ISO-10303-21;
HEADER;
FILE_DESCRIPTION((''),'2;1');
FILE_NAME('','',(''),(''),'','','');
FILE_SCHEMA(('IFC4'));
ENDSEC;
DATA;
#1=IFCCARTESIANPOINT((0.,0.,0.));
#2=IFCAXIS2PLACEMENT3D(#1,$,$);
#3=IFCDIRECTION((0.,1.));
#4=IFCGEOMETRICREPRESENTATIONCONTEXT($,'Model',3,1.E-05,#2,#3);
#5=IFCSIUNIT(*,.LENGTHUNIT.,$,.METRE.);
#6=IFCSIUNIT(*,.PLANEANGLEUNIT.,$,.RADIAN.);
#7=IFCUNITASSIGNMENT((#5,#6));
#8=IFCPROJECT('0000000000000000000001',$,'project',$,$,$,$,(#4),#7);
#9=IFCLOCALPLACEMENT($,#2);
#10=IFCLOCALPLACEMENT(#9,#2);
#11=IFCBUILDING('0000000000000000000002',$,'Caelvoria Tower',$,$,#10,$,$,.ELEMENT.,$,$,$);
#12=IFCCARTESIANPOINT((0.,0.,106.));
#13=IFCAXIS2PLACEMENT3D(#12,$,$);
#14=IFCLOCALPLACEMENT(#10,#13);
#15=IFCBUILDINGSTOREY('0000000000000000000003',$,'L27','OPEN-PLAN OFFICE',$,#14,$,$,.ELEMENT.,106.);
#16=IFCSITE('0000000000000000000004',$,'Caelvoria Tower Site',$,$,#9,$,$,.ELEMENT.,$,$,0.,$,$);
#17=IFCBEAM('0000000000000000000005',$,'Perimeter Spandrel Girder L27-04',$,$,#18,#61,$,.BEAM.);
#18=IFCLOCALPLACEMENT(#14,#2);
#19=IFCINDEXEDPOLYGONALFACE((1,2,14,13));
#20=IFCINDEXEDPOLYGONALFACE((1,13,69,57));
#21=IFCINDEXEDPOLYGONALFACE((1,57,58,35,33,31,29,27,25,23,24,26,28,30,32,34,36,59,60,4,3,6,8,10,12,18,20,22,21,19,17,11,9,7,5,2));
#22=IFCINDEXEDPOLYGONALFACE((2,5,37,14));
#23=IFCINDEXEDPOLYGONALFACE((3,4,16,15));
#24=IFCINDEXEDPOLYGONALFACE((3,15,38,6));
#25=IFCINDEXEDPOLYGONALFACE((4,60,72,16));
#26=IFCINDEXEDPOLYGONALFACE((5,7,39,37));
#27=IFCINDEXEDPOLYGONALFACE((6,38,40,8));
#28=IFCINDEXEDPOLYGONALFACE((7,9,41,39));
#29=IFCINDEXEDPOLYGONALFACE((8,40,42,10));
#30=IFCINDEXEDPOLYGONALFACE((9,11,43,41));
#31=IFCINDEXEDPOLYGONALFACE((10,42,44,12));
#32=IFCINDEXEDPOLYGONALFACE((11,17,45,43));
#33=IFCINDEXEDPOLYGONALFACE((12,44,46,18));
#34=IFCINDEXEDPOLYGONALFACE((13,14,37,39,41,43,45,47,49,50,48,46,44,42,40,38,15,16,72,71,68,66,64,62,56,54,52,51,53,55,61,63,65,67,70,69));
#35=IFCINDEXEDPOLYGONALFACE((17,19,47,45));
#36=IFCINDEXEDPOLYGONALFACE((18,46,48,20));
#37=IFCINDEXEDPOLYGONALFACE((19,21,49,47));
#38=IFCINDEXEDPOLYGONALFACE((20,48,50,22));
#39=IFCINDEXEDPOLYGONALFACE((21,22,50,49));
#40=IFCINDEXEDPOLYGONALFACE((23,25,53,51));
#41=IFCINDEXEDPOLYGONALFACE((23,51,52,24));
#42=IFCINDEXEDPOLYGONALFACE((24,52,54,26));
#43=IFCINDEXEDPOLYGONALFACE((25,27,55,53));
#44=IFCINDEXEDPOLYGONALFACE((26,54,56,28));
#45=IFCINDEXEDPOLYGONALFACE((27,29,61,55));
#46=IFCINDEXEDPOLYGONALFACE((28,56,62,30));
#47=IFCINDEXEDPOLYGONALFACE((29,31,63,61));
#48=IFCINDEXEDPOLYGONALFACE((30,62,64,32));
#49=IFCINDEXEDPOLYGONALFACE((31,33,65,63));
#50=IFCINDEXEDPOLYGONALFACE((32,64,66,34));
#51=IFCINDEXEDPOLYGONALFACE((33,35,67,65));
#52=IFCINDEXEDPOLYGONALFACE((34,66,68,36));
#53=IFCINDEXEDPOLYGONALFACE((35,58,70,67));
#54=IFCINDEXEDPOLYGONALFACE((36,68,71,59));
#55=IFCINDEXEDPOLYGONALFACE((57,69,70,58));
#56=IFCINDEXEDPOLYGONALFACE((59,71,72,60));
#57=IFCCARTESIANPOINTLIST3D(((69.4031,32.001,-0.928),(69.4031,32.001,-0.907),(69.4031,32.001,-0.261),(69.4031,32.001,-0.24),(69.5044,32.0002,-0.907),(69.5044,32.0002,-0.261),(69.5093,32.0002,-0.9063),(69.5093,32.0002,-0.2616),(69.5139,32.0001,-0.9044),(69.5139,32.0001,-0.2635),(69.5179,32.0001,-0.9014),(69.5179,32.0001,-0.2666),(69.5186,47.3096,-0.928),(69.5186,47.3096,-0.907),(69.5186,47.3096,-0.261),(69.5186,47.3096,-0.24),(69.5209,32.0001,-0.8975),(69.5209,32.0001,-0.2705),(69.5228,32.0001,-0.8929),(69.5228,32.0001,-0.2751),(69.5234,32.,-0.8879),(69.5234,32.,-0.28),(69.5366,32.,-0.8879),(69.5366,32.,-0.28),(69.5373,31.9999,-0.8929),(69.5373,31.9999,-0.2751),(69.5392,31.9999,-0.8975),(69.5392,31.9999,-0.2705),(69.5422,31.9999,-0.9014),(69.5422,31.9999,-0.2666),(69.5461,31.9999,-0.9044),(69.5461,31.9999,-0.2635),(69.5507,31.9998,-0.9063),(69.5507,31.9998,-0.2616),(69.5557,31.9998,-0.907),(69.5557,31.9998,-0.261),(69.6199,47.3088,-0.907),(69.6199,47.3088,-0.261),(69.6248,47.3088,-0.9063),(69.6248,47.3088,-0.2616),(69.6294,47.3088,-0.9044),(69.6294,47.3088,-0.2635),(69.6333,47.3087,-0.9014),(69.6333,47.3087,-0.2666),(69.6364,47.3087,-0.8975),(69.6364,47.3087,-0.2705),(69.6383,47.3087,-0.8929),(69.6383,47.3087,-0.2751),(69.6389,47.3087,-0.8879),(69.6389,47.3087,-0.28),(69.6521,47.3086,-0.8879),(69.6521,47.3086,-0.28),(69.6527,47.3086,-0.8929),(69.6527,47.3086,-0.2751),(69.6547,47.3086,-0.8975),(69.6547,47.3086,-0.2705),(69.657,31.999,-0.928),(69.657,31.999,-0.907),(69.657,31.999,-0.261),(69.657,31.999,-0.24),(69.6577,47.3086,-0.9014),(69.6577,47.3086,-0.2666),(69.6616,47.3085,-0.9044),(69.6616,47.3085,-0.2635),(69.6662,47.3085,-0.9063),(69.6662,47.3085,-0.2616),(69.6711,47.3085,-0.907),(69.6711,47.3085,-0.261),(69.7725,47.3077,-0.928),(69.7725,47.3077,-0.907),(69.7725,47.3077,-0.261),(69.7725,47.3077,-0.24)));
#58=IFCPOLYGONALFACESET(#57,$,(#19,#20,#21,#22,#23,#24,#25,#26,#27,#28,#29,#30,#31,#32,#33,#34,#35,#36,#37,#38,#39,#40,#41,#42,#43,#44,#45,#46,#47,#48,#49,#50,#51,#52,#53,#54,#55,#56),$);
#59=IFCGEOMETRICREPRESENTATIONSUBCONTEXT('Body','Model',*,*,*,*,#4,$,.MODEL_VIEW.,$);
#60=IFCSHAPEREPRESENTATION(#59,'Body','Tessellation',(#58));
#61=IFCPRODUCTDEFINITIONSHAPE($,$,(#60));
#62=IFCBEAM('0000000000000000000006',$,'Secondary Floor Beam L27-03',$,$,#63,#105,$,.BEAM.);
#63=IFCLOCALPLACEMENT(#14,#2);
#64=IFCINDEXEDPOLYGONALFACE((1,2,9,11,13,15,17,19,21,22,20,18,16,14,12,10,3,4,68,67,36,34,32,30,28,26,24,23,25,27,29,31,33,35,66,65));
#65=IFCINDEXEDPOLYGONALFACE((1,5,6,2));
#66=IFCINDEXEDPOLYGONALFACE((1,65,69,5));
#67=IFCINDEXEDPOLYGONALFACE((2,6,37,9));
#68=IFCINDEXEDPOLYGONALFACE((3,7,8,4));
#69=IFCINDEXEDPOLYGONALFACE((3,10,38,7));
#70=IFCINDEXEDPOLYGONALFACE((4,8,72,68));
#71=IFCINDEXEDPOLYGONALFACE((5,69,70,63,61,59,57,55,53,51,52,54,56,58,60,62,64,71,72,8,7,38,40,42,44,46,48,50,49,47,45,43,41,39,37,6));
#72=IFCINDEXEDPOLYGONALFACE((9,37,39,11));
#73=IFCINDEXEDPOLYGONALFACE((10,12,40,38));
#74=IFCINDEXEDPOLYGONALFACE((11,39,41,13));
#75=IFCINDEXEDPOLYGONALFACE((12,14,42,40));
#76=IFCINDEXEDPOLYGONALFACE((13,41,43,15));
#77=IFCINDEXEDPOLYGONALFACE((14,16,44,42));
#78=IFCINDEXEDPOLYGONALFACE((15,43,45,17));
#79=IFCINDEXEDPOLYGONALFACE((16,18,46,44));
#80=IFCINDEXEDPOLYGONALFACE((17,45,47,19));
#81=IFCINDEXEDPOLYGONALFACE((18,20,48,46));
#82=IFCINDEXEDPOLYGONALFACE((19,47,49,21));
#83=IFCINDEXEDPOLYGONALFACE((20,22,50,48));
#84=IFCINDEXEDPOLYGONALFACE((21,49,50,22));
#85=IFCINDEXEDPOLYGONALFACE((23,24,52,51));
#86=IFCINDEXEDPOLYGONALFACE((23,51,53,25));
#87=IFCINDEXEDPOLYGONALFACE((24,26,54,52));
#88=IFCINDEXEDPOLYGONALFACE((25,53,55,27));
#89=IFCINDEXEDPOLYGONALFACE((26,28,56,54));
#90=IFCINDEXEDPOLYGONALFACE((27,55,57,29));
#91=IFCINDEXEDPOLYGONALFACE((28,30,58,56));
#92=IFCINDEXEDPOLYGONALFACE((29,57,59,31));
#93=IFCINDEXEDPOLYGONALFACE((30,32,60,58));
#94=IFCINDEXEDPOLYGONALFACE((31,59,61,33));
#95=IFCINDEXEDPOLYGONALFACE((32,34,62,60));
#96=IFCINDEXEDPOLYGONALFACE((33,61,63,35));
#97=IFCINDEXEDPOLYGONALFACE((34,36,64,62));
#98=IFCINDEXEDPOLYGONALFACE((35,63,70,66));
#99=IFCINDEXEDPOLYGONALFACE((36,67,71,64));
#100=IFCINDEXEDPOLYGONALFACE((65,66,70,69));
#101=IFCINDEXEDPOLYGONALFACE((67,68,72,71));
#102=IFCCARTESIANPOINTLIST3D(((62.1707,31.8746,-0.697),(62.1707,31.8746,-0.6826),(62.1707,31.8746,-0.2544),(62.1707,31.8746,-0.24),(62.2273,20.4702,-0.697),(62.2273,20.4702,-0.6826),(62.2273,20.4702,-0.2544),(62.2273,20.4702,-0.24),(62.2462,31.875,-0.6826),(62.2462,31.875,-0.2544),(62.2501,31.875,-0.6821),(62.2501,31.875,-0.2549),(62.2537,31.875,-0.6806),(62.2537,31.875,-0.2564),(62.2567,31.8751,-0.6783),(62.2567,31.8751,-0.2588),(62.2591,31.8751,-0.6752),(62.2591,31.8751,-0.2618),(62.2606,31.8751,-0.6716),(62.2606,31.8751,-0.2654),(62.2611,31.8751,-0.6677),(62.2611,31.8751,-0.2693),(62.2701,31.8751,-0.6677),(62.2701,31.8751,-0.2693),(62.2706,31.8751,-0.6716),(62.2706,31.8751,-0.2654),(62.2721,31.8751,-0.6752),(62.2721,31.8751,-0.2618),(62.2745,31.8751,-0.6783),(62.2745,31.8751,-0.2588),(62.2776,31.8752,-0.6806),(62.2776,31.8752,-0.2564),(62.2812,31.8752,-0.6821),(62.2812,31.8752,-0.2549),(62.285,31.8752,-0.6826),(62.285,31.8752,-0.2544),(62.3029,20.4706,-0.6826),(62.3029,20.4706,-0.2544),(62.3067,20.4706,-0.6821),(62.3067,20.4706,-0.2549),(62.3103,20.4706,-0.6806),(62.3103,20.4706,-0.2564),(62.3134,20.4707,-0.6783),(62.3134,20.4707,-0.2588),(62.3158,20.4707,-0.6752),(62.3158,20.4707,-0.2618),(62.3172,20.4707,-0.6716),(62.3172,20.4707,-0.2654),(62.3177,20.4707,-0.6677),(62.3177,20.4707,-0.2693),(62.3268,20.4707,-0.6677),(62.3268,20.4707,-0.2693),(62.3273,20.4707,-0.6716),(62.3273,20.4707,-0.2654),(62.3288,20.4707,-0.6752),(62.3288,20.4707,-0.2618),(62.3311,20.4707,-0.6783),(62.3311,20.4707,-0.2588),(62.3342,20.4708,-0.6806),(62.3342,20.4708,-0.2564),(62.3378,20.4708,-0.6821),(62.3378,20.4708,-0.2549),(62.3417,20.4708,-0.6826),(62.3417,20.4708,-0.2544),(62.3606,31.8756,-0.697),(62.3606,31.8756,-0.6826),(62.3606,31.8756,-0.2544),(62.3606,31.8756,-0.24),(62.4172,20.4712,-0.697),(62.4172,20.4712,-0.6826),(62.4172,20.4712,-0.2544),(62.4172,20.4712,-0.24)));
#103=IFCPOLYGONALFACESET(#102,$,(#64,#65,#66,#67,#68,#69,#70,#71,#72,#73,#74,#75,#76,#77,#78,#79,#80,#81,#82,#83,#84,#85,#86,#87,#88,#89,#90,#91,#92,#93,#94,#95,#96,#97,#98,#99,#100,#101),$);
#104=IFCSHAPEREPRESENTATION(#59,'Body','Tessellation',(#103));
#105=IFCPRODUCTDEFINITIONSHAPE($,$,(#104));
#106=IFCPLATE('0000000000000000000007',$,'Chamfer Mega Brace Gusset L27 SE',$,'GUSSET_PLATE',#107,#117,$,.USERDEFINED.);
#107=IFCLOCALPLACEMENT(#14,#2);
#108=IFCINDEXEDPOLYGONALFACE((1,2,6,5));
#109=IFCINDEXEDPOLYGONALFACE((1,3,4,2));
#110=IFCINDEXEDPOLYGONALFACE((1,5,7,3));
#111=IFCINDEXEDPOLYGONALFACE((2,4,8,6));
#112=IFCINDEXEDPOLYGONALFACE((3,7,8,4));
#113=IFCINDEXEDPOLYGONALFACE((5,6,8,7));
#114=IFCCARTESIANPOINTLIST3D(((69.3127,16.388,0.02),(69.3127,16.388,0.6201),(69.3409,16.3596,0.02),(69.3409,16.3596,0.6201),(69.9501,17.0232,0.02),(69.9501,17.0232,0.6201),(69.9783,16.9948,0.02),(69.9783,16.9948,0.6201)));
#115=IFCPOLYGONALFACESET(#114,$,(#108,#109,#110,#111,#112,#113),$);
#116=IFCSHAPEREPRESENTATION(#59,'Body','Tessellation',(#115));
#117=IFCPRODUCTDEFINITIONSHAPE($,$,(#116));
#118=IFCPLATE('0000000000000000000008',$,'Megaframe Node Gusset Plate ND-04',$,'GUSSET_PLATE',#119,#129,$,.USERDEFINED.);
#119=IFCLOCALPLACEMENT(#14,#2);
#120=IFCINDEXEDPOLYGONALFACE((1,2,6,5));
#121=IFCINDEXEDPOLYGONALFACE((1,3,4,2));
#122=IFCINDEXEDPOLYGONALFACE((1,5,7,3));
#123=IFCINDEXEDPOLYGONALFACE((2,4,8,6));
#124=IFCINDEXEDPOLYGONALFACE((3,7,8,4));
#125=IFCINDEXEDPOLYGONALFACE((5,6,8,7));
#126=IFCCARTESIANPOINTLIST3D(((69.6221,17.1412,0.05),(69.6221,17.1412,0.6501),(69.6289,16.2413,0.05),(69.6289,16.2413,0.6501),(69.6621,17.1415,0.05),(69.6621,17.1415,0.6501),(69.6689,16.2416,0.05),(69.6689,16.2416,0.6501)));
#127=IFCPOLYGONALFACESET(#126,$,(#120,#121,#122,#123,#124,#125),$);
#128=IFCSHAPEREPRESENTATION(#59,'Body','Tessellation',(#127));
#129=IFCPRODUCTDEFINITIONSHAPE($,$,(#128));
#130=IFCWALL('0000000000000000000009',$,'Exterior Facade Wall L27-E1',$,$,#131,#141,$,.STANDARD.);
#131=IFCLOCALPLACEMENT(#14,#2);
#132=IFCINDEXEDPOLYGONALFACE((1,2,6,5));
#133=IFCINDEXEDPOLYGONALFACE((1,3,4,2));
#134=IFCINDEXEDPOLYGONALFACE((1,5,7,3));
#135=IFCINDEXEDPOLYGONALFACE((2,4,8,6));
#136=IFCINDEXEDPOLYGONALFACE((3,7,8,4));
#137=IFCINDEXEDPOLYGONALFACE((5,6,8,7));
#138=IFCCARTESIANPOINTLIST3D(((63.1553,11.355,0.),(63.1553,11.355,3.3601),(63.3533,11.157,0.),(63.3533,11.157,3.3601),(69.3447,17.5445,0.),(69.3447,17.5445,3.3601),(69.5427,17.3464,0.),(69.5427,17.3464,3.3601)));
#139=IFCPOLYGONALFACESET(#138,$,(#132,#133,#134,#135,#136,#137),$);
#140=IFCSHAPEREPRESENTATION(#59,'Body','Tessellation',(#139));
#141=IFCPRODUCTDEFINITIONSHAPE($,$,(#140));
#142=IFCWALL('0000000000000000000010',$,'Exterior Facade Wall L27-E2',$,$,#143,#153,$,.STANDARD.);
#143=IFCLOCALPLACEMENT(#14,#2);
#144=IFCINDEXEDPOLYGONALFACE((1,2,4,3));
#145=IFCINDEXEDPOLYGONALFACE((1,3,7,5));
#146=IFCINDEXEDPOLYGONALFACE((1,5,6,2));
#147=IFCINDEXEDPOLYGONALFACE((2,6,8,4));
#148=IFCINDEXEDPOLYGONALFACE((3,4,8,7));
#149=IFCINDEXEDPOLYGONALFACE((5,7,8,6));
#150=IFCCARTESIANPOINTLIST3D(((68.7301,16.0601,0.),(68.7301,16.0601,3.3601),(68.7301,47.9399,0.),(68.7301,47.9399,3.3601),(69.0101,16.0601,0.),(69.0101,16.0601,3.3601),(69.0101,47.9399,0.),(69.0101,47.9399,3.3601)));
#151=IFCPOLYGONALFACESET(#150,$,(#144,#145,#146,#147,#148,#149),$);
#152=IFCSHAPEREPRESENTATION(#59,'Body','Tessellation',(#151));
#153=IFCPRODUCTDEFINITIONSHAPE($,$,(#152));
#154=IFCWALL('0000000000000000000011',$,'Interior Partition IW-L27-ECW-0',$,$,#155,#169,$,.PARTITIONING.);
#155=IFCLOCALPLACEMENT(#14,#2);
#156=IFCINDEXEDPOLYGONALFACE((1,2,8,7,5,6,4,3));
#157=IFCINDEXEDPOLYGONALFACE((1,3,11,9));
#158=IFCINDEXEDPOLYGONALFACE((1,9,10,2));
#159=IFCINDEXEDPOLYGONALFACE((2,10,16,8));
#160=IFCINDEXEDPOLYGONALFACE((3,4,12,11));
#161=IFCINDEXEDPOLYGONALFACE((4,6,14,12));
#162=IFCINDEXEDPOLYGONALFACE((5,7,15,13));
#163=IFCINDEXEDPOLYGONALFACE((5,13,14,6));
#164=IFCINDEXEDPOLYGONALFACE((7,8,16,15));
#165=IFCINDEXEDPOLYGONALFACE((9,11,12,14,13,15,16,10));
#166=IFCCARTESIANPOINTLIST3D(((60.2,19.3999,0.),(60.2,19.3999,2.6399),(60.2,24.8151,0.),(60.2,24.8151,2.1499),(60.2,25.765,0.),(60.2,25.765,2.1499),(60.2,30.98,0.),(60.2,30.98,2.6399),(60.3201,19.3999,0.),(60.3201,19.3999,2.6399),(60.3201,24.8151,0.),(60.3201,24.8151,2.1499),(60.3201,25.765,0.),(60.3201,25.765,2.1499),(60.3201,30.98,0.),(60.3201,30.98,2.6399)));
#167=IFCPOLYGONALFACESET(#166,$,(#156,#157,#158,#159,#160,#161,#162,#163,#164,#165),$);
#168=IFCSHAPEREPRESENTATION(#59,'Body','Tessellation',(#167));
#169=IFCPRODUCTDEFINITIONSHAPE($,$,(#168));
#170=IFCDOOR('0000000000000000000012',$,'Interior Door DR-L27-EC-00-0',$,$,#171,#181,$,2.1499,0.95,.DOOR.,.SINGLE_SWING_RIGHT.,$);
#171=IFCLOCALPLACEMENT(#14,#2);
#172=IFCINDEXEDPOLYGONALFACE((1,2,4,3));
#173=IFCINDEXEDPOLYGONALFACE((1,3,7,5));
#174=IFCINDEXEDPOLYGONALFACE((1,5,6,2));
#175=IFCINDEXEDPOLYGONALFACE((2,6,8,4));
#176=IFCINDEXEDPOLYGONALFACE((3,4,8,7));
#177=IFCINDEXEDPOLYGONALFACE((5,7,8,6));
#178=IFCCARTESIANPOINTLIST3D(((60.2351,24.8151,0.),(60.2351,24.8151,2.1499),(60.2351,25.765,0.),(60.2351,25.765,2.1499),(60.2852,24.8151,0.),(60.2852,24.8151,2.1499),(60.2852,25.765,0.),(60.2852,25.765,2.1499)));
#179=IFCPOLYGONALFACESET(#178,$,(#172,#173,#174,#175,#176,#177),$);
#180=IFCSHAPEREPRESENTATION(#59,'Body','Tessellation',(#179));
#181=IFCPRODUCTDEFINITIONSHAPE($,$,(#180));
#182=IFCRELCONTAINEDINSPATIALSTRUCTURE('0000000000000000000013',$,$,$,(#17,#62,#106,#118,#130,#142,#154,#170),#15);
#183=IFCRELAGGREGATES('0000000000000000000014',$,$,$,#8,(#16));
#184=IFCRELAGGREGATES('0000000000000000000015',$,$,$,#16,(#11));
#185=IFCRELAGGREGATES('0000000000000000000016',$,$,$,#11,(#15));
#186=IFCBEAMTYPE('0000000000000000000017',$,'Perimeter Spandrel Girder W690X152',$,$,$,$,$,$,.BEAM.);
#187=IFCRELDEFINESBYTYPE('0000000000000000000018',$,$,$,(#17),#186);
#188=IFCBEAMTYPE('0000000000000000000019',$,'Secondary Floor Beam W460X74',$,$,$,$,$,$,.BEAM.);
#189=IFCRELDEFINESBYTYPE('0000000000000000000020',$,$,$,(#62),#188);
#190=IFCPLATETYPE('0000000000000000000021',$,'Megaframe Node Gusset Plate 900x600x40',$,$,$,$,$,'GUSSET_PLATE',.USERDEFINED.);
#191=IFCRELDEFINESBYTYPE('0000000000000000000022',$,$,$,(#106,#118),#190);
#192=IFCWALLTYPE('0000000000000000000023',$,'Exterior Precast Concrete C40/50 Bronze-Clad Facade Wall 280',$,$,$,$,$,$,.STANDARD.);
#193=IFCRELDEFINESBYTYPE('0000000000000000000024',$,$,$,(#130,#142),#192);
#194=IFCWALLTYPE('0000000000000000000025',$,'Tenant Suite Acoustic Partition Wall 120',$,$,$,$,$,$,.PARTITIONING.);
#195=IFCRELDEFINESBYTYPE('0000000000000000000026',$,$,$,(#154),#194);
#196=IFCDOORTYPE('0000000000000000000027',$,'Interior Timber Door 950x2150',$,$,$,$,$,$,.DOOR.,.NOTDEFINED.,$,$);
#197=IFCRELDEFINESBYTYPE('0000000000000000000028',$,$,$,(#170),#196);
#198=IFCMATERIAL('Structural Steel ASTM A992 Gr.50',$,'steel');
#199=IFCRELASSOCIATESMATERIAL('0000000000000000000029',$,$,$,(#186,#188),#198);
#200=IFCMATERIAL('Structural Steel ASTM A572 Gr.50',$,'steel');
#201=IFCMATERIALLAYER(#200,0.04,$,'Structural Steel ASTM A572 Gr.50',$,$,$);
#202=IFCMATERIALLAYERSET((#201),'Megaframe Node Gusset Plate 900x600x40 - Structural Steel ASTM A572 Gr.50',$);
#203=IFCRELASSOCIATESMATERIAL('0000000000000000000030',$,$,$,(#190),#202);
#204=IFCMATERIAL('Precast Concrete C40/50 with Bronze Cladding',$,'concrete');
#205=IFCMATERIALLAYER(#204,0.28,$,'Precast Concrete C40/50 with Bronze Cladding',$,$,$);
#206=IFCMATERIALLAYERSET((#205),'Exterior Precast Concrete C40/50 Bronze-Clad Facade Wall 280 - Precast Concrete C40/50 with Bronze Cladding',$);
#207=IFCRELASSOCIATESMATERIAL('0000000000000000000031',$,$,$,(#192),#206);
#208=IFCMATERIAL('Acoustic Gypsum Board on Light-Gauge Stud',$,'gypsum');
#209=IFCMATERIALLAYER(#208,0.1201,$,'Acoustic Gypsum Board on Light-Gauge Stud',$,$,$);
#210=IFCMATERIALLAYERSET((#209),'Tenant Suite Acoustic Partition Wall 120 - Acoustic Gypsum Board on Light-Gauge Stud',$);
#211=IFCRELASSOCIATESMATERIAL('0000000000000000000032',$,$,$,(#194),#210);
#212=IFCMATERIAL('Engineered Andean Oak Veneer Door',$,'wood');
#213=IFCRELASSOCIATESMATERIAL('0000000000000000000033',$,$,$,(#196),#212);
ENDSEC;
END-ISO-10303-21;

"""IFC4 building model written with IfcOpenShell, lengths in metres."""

from ifc_helpers import new_model, si_unit, direction, frame, frame_2d, origin, origin_2d, place, context, subcontext, project, spatial, rectangle, i_section, extrude, material, layer, layer_set, material_profile, profile_set, type_object, element, fill, save


model = new_model("IFC4")

# Units and contexts
model_context = context("Model", 3, precision=1e-05, world=origin(), true_north=direction((0.0, 1.0)))
body_context = subcontext(model_context, "Body", "Model", "MODEL_VIEW")
ifc_project = project(units=[si_unit("LENGTHUNIT", "METRE"), si_unit("PLANEANGLEUNIT", "RADIAN")], contexts=[model_context])

# Site, building, storey
site_placement = place(None, origin())
site = spatial("IfcSite", under=ifc_project, at=site_placement, Name="Caelvoria Tower Site", CompositionType="ELEMENT", RefElevation=0.0)
building_placement = place(site_placement, origin())
building = spatial("IfcBuilding", under=site, at=building_placement, Name="Caelvoria Tower", CompositionType="ELEMENT")
storey_placement = place(building_placement, frame((0.0, 0.0, 106.0)))
storey = spatial("IfcBuildingStorey", under=building, at=storey_placement, Name="L27", Description="OPEN-PLAN OFFICE", CompositionType="ELEMENT", Elevation=106.0)

# Shared definitions
ifc_material_1 = material(Name="Structural Steel ASTM A572 Gr.50", Category="steel")

# Beams
ifc_material_2 = material(Name="Structural Steel ASTM A992 Gr.50", Category="steel")
ifc_material_profile_1 = material_profile(ifc_material_2, i_section(OverallWidth=0.2539, OverallDepth=0.688, WebThickness=0.0132, FlangeThickness=0.021, FilletRadius=0.019, at=origin_2d()), Name="Structural Steel ASTM A992 Gr.50")
ifc_profile_set_1 = profile_set([ifc_material_profile_1], Name="W690X152 - Structural Steel ASTM A992 Gr.50")
beam_type_1 = type_object("IfcBeamType", Name="Perimeter Spandrel Girder W690X152", PredefinedType="BEAM", material=ifc_profile_set_1)
for number, where, z_axis, x_axis, name in (
    (1, (69.53, 32.0, -0.584), (0.007543, 0.999972, 0.0), (-0.999972, 0.007543, 0.0), "Perimeter Spandrel Girder L27-04"),
):
    element("IfcBeam", number, at=place(storey_placement, frame(where, z_axis=z_axis, x_axis=x_axis)), inside=storey, type_object=beam_type_1, Name=name, PredefinedType="BEAM", context=body_context, shape_type="SweptSolid", body=[
        extrude(i_section(OverallWidth=0.2539, OverallDepth=0.688, WebThickness=0.0132, FlangeThickness=0.021, FilletRadius=0.019, at=origin_2d()), origin(), (0.0, 0.0, 1.0), 15.3091),
    ])
ifc_material_profile_2 = material_profile(ifc_material_2, i_section(OverallWidth=0.1899, OverallDepth=0.457, WebThickness=0.009, FlangeThickness=0.0144, FilletRadius=0.0149, at=origin_2d()), Name="Structural Steel ASTM A992 Gr.50")
ifc_profile_set_2 = profile_set([ifc_material_profile_2], Name="W460X74 - Structural Steel ASTM A992 Gr.50")
beam_type_2 = type_object("IfcBeamType", Name="Secondary Floor Beam W460X74", PredefinedType="BEAM", material=ifc_profile_set_2)
beam_1_placement = place(storey_placement, frame((62.3223, 20.4707, -0.4685), z_axis=(-0.004967, 0.999988, 0.0), x_axis=(-0.999988, -0.004967, 0.0)))
element("IfcBeam", 2, at=beam_1_placement, inside=storey, type_object=beam_type_2, Name="Secondary Floor Beam L27-03", PredefinedType="BEAM", context=body_context, shape_type="SweptSolid", body=[
    extrude(i_section(OverallWidth=0.1899, OverallDepth=0.457, WebThickness=0.009, FlangeThickness=0.0144, FilletRadius=0.0149, at=origin_2d()), origin(), (0.0, 0.0, 1.0), 11.4045),
])

# Plates
ifc_layer_1 = layer(ifc_material_1, 0.04, Name="Structural Steel ASTM A572 Gr.50")
ifc_layer_set_1 = layer_set([ifc_layer_1], Name="Megaframe Node Gusset Plate 900x600x40 - Structural Steel ASTM A572 Gr.50")
plate_type = type_object("IfcPlateType", Name="Megaframe Node Gusset Plate 900x600x40", ElementType="GUSSET_PLATE", PredefinedType="USERDEFINED", material=ifc_layer_set_1)
for number, where, z_axis, x_axis, name in (
    (3, (69.6455, 16.6914, 0.02), (0.0, 0.0, 1.0), (-0.708308, -0.705904, 0.0), "Chamfer Mega Brace Gusset L27 SE"),
    (4, (69.6455, 16.6914, 0.05), (0.0, 0.0, 1.0), (-0.00755, 0.999971, 0.0), "Megaframe Node Gusset Plate ND-04"),
):
    element("IfcPlate", number, at=place(storey_placement, frame(where, z_axis=z_axis, x_axis=x_axis)), inside=storey, type_object=plate_type, Name=name, ObjectType="GUSSET_PLATE", PredefinedType="USERDEFINED", context=body_context, shape_type="SweptSolid", body=[
        extrude(rectangle(XDim=0.8999, YDim=0.04, at=origin_2d()), origin(), (0.0, 0.0, 1.0), 0.6001),
    ])

# Walls
ifc_material_3 = material(Name="Precast Concrete C40/50 with Bronze Cladding", Category="concrete")
ifc_layer_2 = layer(ifc_material_3, 0.28, Name="Precast Concrete C40/50 with Bronze Cladding")
ifc_layer_set_2 = layer_set([ifc_layer_2], Name="Exterior Precast Concrete C40/50 Bronze-Clad Facade Wall 280 - Precast Concrete C40/50 with Bronze Cladding")
wall_type_1 = type_object("IfcWallType", Name="Exterior Precast Concrete C40/50 Bronze-Clad Facade Wall 280", PredefinedType="STANDARD", material=ifc_layer_set_2)
wall_1_placement = place(storey_placement, frame((63.2544, 11.2561, 0.0), z_axis=(0.0, 0.0, 1.0), x_axis=(0.707107, 0.707107, 0.0)))
element("IfcWall", 5, at=wall_1_placement, inside=storey, type_object=wall_type_1, Name="Exterior Facade Wall L27-E1", PredefinedType="STANDARD", context=body_context, shape_type="SweptSolid", body=[
    extrude(rectangle(XDim=8.7532, YDim=0.28, at=frame_2d((4.3765, 0.0))), origin(), (0.0, 0.0, 1.0), 3.3601),
])
wall_2_placement = place(storey_placement, frame((68.8701, 16.0601, 0.0), z_axis=(0.0, 0.0, 1.0), x_axis=(0.0, 1.0, 0.0)))
element("IfcWall", 6, at=wall_2_placement, inside=storey, type_object=wall_type_1, Name="Exterior Facade Wall L27-E2", PredefinedType="STANDARD", context=body_context, shape_type="SweptSolid", body=[
    extrude(rectangle(XDim=31.8799, YDim=0.28, at=frame_2d((15.9399, 0.0))), origin(), (0.0, 0.0, 1.0), 3.3601),
])

# Wall, opening, door
ifc_material_4 = material(Name="Acoustic Gypsum Board on Light-Gauge Stud", Category="gypsum")
ifc_layer_3 = layer(ifc_material_4, 0.1201, Name="Acoustic Gypsum Board on Light-Gauge Stud")
ifc_layer_set_3 = layer_set([ifc_layer_3], Name="Tenant Suite Acoustic Partition Wall 120 - Acoustic Gypsum Board on Light-Gauge Stud")
wall_type_2 = type_object("IfcWallType", Name="Tenant Suite Acoustic Partition Wall 120", PredefinedType="PARTITIONING", material=ifc_layer_set_3)
wall_3_placement = place(storey_placement, frame((60.26, 19.3999, 0.0), z_axis=(0.0, 0.0, 1.0), x_axis=(0.0, 1.0, 0.0)))
wall_3 = element("IfcWall", 7, at=wall_3_placement, inside=storey, type_object=wall_type_2, Name="Interior Partition IW-L27-ECW-0", PredefinedType="PARTITIONING", context=body_context, shape_type="SweptSolid", body=[
    extrude(rectangle(XDim=11.5801, YDim=0.1201, at=frame_2d((5.79, 0.0))), origin(), (0.0, 0.0, 1.0), 2.6399),
])
opening_placement = place(wall_3_placement, frame((5.415, 0.0, 0.0)))
opening = element("IfcOpeningElement", 8, at=opening_placement, cuts=wall_3, PredefinedType="OPENING", context=body_context, shape_type="SweptSolid", body=[
    extrude(rectangle(XDim=0.95, YDim=2.1499, at=frame_2d((0.4751, 1.075))), frame((0.0, 0.0701, 0.0), z_axis=(0.0, -1.0, 0.0), x_axis=(1.0, 0.0, 0.0)), (0.0, 0.0, 1.0), 0.1401),
])
ifc_material_5 = material(Name="Engineered Andean Oak Veneer Door", Category="wood")
door_type = type_object("IfcDoorType", Name="Interior Timber Door 950x2150", OperationType="NOTDEFINED", PredefinedType="DOOR", material=ifc_material_5)
door_placement = place(opening_placement, origin())
door = element("IfcDoor", 9, at=door_placement, inside=storey, type_object=door_type, Name="Interior Door DR-L27-EC-00-0", OperationType="SINGLE_SWING_RIGHT", OverallHeight=2.1499, OverallWidth=0.95, PredefinedType="DOOR", context=body_context, shape_type="SweptSolid", body=[
    extrude(rectangle(XDim=0.95, YDim=2.1499, at=frame_2d((0.4751, 1.075))), frame((0.0, 0.0249, 0.0), z_axis=(0.0, -1.0, 0.0), x_axis=(1.0, 0.0, 0.0)), (0.0, 0.0, 1.0), 0.05),
])
fill(opening, door)

save(model, "model.ifc")
